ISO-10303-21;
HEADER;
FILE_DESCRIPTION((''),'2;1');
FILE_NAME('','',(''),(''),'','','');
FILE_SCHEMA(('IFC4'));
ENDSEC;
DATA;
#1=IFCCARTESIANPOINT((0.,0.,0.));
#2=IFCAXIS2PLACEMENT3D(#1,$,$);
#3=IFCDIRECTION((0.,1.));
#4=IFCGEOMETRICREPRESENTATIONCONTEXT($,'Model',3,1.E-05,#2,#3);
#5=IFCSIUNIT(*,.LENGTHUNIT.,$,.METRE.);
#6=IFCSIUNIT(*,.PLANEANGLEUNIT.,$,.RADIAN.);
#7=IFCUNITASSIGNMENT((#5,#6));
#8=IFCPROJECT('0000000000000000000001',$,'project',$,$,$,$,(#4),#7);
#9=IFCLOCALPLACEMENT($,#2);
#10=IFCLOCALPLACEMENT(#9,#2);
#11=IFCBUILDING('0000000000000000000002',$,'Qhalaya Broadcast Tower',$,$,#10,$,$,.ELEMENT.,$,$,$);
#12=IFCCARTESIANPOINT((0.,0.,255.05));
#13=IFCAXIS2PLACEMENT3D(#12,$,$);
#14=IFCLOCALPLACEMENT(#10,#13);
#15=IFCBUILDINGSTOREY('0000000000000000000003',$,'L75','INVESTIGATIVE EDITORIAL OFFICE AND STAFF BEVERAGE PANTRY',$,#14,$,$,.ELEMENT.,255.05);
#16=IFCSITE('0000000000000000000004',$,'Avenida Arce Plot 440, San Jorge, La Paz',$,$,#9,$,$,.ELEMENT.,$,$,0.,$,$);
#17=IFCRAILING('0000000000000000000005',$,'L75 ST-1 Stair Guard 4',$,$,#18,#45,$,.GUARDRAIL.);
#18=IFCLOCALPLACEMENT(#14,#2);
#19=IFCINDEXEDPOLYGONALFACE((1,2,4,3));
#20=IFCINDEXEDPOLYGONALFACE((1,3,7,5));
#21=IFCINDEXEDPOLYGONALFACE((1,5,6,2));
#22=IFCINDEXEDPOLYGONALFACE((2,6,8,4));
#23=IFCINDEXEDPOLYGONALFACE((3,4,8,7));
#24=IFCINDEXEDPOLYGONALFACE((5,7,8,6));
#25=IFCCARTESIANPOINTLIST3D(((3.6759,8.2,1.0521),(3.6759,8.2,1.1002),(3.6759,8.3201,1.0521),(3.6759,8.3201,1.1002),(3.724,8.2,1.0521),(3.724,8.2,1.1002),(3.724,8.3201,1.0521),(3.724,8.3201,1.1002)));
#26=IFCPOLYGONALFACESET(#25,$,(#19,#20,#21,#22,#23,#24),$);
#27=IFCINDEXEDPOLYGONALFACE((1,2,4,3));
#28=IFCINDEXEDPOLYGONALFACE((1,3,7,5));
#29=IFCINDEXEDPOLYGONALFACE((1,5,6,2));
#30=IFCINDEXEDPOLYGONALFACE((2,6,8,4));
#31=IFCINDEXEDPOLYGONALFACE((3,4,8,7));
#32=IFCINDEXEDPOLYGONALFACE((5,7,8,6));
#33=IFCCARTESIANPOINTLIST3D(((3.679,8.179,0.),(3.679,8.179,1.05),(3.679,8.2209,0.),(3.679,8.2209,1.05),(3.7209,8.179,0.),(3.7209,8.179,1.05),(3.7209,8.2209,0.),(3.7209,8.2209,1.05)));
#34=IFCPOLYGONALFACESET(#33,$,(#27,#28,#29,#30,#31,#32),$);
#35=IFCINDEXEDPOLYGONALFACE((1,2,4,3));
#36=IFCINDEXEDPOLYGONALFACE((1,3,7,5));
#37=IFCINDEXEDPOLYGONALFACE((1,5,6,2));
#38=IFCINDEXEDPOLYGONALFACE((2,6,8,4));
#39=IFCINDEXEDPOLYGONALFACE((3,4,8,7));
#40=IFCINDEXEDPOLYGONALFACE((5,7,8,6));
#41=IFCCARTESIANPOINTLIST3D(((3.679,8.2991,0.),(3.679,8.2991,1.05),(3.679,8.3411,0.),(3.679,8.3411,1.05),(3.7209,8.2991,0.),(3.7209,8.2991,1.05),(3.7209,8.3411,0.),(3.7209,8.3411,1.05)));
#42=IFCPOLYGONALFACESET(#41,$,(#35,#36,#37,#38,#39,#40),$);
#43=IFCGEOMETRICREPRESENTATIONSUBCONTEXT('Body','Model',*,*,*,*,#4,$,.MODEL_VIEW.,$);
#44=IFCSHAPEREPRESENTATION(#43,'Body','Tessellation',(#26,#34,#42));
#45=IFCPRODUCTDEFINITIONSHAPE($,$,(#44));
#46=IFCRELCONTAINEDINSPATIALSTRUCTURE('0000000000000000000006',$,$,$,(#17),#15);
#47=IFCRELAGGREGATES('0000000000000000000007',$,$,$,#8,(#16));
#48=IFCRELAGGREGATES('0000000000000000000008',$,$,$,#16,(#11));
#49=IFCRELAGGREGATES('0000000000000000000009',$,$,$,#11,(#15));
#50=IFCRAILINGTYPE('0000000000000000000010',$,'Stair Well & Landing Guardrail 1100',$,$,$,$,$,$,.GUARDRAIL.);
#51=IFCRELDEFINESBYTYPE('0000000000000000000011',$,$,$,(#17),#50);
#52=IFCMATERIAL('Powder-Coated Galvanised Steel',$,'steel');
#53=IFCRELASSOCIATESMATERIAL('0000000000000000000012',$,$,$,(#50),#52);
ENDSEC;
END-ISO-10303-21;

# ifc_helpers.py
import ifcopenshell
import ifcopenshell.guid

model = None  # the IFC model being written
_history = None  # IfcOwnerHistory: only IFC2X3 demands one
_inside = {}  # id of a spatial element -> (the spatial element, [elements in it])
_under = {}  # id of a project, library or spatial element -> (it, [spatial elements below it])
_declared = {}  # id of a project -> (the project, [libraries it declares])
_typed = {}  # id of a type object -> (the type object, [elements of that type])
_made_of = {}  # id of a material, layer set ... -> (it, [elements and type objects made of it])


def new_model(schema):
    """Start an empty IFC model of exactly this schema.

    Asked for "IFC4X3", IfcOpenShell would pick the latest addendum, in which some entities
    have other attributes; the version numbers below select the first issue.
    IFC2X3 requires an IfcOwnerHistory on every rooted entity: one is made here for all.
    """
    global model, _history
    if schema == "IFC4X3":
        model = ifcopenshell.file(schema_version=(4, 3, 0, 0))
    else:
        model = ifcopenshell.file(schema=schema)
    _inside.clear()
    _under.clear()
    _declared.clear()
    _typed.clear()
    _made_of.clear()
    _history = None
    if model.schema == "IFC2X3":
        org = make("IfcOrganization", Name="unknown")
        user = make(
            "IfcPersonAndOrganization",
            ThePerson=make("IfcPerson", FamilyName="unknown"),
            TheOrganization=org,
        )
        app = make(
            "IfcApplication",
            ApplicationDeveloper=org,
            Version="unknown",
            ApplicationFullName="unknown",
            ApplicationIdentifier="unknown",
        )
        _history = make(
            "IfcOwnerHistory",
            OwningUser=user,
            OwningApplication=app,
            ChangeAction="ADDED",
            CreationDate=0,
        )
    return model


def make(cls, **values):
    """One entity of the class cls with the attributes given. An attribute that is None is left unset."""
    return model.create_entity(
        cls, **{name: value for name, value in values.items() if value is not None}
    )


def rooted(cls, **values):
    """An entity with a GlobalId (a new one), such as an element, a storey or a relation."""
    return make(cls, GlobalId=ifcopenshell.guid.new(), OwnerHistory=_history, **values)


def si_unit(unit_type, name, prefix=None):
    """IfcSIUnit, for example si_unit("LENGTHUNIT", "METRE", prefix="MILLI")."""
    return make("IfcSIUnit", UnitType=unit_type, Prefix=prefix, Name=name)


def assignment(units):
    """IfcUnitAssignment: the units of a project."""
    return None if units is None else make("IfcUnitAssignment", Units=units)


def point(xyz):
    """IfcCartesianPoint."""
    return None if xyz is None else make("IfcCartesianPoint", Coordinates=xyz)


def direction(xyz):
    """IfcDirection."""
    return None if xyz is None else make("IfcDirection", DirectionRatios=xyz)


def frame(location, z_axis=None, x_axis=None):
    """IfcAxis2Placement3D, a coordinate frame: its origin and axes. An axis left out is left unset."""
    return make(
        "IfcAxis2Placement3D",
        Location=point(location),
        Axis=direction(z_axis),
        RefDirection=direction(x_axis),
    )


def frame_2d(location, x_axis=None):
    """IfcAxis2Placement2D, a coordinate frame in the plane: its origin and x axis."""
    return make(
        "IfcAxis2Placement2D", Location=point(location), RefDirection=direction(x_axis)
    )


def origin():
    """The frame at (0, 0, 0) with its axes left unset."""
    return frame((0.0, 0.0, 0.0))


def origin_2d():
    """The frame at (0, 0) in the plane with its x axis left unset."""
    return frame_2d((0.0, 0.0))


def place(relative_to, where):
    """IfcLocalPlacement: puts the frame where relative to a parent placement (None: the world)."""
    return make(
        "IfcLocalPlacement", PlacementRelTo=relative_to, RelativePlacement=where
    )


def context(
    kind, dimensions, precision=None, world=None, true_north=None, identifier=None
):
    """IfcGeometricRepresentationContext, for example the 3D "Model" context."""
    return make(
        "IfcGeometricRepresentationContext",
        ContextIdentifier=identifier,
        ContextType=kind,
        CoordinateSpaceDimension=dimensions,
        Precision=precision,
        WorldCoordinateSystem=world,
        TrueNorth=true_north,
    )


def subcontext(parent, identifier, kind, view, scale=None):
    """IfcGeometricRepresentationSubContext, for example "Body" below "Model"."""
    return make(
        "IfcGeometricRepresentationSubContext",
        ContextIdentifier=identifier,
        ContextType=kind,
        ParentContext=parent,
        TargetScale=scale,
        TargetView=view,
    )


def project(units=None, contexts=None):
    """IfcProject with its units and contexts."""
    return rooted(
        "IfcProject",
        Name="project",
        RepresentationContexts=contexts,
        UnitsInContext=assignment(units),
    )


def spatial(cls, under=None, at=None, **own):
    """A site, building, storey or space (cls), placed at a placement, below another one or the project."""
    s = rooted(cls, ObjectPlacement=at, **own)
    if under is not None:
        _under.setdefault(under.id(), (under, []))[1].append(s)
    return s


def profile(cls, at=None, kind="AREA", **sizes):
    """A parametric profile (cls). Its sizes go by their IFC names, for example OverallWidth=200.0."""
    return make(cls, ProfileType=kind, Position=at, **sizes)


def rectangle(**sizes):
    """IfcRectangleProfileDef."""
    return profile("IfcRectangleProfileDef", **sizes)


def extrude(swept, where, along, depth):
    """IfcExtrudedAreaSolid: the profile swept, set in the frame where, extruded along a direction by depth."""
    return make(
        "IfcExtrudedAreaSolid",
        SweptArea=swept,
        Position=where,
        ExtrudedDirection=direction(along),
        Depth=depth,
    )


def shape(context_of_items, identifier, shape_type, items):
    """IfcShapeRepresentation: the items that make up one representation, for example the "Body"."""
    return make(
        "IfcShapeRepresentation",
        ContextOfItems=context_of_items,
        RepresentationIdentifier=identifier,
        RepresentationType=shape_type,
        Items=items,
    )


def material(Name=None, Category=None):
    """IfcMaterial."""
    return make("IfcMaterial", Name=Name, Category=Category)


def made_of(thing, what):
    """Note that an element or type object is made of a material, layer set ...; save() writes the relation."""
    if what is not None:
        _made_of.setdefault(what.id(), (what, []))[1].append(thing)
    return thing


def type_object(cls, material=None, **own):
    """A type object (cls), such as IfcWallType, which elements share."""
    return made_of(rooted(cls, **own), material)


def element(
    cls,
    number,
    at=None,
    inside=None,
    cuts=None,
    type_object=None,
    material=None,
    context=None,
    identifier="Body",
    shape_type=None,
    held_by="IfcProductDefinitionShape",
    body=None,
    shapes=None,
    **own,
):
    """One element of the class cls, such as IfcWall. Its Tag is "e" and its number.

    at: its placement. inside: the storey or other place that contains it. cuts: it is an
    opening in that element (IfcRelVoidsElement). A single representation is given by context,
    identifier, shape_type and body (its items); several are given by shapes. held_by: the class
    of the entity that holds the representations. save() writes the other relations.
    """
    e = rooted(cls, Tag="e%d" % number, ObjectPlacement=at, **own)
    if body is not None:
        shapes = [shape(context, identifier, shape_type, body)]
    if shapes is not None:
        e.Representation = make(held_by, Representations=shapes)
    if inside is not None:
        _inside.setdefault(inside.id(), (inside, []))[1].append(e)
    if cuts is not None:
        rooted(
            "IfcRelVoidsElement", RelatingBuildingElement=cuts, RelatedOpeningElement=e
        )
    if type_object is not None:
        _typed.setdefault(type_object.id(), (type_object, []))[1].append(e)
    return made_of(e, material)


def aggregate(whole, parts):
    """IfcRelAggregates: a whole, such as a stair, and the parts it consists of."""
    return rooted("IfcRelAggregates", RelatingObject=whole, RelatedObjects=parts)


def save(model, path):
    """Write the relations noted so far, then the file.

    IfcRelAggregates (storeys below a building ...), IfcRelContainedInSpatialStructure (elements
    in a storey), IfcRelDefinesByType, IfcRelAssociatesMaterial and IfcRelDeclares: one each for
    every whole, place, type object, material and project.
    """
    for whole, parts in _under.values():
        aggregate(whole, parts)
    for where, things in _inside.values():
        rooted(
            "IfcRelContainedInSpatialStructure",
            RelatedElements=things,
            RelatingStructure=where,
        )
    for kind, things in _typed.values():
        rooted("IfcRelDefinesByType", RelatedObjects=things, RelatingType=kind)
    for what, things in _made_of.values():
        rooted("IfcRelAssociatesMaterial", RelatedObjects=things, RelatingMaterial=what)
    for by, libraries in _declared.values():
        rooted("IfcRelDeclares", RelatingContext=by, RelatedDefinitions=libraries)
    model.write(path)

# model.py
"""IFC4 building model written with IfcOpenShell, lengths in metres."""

from ifc_helpers import new_model, si_unit, direction, frame, origin, origin_2d, place, context, subcontext, project, spatial, rectangle, extrude, material, type_object, element, save


model = new_model("IFC4")

# Units and contexts
model_context = context("Model", 3, precision=1e-05, world=origin(), true_north=direction((0.0, 1.0)))
body_context = subcontext(model_context, "Body", "Model", "MODEL_VIEW")
ifc_project = project(units=[si_unit("LENGTHUNIT", "METRE"), si_unit("PLANEANGLEUNIT", "RADIAN")], contexts=[model_context])

# Site, building, storey
site_placement = place(None, origin())
site = spatial("IfcSite", under=ifc_project, at=site_placement, Name="Avenida Arce Plot 440, San Jorge, La Paz", CompositionType="ELEMENT", RefElevation=0.0)
building_placement = place(site_placement, origin())
building = spatial("IfcBuilding", under=site, at=building_placement, Name="Qhalaya Broadcast Tower", CompositionType="ELEMENT")
storey_placement = place(building_placement, frame((0.0, 0.0, 255.05)))
storey = spatial("IfcBuildingStorey", under=building, at=storey_placement, Name="L75", Description="INVESTIGATIVE EDITORIAL OFFICE AND STAFF BEVERAGE PANTRY", CompositionType="ELEMENT", Elevation=255.05)

# Railing
ifc_material_1 = material(Name="Powder-Coated Galvanised Steel", Category="steel")
railing_type_1 = type_object("IfcRailingType", Name="Stair Well & Landing Guardrail 1100", PredefinedType="GUARDRAIL", material=ifc_material_1)
railing_1_placement = place(storey_placement, frame((3.7, 8.2, 0.0)))
element("IfcRailing", 1, at=railing_1_placement, inside=storey, type_object=railing_type_1, Name="L75 ST-1 Stair Guard 4", PredefinedType="GUARDRAIL", context=body_context, shape_type="SweptSolid", body=[
    extrude(rectangle(XDim=0.0481, YDim=0.0481, at=origin_2d()), frame((0.0, 0.0, 1.0762), z_axis=(0.0, 1.0, 0.0), x_axis=(-1.0, 0.0, 0.0)), (0.0, 0.0, 1.0), 0.1201),
    extrude(rectangle(XDim=0.042, YDim=0.042, at=origin_2d()), origin(), (0.0, 0.0, 1.0), 1.05),
    extrude(rectangle(XDim=0.042, YDim=0.042, at=origin_2d()), frame((0.0, 0.1201, 0.0)), (0.0, 0.0, 1.0), 1.05),
])

save(model, "model.ifc")
